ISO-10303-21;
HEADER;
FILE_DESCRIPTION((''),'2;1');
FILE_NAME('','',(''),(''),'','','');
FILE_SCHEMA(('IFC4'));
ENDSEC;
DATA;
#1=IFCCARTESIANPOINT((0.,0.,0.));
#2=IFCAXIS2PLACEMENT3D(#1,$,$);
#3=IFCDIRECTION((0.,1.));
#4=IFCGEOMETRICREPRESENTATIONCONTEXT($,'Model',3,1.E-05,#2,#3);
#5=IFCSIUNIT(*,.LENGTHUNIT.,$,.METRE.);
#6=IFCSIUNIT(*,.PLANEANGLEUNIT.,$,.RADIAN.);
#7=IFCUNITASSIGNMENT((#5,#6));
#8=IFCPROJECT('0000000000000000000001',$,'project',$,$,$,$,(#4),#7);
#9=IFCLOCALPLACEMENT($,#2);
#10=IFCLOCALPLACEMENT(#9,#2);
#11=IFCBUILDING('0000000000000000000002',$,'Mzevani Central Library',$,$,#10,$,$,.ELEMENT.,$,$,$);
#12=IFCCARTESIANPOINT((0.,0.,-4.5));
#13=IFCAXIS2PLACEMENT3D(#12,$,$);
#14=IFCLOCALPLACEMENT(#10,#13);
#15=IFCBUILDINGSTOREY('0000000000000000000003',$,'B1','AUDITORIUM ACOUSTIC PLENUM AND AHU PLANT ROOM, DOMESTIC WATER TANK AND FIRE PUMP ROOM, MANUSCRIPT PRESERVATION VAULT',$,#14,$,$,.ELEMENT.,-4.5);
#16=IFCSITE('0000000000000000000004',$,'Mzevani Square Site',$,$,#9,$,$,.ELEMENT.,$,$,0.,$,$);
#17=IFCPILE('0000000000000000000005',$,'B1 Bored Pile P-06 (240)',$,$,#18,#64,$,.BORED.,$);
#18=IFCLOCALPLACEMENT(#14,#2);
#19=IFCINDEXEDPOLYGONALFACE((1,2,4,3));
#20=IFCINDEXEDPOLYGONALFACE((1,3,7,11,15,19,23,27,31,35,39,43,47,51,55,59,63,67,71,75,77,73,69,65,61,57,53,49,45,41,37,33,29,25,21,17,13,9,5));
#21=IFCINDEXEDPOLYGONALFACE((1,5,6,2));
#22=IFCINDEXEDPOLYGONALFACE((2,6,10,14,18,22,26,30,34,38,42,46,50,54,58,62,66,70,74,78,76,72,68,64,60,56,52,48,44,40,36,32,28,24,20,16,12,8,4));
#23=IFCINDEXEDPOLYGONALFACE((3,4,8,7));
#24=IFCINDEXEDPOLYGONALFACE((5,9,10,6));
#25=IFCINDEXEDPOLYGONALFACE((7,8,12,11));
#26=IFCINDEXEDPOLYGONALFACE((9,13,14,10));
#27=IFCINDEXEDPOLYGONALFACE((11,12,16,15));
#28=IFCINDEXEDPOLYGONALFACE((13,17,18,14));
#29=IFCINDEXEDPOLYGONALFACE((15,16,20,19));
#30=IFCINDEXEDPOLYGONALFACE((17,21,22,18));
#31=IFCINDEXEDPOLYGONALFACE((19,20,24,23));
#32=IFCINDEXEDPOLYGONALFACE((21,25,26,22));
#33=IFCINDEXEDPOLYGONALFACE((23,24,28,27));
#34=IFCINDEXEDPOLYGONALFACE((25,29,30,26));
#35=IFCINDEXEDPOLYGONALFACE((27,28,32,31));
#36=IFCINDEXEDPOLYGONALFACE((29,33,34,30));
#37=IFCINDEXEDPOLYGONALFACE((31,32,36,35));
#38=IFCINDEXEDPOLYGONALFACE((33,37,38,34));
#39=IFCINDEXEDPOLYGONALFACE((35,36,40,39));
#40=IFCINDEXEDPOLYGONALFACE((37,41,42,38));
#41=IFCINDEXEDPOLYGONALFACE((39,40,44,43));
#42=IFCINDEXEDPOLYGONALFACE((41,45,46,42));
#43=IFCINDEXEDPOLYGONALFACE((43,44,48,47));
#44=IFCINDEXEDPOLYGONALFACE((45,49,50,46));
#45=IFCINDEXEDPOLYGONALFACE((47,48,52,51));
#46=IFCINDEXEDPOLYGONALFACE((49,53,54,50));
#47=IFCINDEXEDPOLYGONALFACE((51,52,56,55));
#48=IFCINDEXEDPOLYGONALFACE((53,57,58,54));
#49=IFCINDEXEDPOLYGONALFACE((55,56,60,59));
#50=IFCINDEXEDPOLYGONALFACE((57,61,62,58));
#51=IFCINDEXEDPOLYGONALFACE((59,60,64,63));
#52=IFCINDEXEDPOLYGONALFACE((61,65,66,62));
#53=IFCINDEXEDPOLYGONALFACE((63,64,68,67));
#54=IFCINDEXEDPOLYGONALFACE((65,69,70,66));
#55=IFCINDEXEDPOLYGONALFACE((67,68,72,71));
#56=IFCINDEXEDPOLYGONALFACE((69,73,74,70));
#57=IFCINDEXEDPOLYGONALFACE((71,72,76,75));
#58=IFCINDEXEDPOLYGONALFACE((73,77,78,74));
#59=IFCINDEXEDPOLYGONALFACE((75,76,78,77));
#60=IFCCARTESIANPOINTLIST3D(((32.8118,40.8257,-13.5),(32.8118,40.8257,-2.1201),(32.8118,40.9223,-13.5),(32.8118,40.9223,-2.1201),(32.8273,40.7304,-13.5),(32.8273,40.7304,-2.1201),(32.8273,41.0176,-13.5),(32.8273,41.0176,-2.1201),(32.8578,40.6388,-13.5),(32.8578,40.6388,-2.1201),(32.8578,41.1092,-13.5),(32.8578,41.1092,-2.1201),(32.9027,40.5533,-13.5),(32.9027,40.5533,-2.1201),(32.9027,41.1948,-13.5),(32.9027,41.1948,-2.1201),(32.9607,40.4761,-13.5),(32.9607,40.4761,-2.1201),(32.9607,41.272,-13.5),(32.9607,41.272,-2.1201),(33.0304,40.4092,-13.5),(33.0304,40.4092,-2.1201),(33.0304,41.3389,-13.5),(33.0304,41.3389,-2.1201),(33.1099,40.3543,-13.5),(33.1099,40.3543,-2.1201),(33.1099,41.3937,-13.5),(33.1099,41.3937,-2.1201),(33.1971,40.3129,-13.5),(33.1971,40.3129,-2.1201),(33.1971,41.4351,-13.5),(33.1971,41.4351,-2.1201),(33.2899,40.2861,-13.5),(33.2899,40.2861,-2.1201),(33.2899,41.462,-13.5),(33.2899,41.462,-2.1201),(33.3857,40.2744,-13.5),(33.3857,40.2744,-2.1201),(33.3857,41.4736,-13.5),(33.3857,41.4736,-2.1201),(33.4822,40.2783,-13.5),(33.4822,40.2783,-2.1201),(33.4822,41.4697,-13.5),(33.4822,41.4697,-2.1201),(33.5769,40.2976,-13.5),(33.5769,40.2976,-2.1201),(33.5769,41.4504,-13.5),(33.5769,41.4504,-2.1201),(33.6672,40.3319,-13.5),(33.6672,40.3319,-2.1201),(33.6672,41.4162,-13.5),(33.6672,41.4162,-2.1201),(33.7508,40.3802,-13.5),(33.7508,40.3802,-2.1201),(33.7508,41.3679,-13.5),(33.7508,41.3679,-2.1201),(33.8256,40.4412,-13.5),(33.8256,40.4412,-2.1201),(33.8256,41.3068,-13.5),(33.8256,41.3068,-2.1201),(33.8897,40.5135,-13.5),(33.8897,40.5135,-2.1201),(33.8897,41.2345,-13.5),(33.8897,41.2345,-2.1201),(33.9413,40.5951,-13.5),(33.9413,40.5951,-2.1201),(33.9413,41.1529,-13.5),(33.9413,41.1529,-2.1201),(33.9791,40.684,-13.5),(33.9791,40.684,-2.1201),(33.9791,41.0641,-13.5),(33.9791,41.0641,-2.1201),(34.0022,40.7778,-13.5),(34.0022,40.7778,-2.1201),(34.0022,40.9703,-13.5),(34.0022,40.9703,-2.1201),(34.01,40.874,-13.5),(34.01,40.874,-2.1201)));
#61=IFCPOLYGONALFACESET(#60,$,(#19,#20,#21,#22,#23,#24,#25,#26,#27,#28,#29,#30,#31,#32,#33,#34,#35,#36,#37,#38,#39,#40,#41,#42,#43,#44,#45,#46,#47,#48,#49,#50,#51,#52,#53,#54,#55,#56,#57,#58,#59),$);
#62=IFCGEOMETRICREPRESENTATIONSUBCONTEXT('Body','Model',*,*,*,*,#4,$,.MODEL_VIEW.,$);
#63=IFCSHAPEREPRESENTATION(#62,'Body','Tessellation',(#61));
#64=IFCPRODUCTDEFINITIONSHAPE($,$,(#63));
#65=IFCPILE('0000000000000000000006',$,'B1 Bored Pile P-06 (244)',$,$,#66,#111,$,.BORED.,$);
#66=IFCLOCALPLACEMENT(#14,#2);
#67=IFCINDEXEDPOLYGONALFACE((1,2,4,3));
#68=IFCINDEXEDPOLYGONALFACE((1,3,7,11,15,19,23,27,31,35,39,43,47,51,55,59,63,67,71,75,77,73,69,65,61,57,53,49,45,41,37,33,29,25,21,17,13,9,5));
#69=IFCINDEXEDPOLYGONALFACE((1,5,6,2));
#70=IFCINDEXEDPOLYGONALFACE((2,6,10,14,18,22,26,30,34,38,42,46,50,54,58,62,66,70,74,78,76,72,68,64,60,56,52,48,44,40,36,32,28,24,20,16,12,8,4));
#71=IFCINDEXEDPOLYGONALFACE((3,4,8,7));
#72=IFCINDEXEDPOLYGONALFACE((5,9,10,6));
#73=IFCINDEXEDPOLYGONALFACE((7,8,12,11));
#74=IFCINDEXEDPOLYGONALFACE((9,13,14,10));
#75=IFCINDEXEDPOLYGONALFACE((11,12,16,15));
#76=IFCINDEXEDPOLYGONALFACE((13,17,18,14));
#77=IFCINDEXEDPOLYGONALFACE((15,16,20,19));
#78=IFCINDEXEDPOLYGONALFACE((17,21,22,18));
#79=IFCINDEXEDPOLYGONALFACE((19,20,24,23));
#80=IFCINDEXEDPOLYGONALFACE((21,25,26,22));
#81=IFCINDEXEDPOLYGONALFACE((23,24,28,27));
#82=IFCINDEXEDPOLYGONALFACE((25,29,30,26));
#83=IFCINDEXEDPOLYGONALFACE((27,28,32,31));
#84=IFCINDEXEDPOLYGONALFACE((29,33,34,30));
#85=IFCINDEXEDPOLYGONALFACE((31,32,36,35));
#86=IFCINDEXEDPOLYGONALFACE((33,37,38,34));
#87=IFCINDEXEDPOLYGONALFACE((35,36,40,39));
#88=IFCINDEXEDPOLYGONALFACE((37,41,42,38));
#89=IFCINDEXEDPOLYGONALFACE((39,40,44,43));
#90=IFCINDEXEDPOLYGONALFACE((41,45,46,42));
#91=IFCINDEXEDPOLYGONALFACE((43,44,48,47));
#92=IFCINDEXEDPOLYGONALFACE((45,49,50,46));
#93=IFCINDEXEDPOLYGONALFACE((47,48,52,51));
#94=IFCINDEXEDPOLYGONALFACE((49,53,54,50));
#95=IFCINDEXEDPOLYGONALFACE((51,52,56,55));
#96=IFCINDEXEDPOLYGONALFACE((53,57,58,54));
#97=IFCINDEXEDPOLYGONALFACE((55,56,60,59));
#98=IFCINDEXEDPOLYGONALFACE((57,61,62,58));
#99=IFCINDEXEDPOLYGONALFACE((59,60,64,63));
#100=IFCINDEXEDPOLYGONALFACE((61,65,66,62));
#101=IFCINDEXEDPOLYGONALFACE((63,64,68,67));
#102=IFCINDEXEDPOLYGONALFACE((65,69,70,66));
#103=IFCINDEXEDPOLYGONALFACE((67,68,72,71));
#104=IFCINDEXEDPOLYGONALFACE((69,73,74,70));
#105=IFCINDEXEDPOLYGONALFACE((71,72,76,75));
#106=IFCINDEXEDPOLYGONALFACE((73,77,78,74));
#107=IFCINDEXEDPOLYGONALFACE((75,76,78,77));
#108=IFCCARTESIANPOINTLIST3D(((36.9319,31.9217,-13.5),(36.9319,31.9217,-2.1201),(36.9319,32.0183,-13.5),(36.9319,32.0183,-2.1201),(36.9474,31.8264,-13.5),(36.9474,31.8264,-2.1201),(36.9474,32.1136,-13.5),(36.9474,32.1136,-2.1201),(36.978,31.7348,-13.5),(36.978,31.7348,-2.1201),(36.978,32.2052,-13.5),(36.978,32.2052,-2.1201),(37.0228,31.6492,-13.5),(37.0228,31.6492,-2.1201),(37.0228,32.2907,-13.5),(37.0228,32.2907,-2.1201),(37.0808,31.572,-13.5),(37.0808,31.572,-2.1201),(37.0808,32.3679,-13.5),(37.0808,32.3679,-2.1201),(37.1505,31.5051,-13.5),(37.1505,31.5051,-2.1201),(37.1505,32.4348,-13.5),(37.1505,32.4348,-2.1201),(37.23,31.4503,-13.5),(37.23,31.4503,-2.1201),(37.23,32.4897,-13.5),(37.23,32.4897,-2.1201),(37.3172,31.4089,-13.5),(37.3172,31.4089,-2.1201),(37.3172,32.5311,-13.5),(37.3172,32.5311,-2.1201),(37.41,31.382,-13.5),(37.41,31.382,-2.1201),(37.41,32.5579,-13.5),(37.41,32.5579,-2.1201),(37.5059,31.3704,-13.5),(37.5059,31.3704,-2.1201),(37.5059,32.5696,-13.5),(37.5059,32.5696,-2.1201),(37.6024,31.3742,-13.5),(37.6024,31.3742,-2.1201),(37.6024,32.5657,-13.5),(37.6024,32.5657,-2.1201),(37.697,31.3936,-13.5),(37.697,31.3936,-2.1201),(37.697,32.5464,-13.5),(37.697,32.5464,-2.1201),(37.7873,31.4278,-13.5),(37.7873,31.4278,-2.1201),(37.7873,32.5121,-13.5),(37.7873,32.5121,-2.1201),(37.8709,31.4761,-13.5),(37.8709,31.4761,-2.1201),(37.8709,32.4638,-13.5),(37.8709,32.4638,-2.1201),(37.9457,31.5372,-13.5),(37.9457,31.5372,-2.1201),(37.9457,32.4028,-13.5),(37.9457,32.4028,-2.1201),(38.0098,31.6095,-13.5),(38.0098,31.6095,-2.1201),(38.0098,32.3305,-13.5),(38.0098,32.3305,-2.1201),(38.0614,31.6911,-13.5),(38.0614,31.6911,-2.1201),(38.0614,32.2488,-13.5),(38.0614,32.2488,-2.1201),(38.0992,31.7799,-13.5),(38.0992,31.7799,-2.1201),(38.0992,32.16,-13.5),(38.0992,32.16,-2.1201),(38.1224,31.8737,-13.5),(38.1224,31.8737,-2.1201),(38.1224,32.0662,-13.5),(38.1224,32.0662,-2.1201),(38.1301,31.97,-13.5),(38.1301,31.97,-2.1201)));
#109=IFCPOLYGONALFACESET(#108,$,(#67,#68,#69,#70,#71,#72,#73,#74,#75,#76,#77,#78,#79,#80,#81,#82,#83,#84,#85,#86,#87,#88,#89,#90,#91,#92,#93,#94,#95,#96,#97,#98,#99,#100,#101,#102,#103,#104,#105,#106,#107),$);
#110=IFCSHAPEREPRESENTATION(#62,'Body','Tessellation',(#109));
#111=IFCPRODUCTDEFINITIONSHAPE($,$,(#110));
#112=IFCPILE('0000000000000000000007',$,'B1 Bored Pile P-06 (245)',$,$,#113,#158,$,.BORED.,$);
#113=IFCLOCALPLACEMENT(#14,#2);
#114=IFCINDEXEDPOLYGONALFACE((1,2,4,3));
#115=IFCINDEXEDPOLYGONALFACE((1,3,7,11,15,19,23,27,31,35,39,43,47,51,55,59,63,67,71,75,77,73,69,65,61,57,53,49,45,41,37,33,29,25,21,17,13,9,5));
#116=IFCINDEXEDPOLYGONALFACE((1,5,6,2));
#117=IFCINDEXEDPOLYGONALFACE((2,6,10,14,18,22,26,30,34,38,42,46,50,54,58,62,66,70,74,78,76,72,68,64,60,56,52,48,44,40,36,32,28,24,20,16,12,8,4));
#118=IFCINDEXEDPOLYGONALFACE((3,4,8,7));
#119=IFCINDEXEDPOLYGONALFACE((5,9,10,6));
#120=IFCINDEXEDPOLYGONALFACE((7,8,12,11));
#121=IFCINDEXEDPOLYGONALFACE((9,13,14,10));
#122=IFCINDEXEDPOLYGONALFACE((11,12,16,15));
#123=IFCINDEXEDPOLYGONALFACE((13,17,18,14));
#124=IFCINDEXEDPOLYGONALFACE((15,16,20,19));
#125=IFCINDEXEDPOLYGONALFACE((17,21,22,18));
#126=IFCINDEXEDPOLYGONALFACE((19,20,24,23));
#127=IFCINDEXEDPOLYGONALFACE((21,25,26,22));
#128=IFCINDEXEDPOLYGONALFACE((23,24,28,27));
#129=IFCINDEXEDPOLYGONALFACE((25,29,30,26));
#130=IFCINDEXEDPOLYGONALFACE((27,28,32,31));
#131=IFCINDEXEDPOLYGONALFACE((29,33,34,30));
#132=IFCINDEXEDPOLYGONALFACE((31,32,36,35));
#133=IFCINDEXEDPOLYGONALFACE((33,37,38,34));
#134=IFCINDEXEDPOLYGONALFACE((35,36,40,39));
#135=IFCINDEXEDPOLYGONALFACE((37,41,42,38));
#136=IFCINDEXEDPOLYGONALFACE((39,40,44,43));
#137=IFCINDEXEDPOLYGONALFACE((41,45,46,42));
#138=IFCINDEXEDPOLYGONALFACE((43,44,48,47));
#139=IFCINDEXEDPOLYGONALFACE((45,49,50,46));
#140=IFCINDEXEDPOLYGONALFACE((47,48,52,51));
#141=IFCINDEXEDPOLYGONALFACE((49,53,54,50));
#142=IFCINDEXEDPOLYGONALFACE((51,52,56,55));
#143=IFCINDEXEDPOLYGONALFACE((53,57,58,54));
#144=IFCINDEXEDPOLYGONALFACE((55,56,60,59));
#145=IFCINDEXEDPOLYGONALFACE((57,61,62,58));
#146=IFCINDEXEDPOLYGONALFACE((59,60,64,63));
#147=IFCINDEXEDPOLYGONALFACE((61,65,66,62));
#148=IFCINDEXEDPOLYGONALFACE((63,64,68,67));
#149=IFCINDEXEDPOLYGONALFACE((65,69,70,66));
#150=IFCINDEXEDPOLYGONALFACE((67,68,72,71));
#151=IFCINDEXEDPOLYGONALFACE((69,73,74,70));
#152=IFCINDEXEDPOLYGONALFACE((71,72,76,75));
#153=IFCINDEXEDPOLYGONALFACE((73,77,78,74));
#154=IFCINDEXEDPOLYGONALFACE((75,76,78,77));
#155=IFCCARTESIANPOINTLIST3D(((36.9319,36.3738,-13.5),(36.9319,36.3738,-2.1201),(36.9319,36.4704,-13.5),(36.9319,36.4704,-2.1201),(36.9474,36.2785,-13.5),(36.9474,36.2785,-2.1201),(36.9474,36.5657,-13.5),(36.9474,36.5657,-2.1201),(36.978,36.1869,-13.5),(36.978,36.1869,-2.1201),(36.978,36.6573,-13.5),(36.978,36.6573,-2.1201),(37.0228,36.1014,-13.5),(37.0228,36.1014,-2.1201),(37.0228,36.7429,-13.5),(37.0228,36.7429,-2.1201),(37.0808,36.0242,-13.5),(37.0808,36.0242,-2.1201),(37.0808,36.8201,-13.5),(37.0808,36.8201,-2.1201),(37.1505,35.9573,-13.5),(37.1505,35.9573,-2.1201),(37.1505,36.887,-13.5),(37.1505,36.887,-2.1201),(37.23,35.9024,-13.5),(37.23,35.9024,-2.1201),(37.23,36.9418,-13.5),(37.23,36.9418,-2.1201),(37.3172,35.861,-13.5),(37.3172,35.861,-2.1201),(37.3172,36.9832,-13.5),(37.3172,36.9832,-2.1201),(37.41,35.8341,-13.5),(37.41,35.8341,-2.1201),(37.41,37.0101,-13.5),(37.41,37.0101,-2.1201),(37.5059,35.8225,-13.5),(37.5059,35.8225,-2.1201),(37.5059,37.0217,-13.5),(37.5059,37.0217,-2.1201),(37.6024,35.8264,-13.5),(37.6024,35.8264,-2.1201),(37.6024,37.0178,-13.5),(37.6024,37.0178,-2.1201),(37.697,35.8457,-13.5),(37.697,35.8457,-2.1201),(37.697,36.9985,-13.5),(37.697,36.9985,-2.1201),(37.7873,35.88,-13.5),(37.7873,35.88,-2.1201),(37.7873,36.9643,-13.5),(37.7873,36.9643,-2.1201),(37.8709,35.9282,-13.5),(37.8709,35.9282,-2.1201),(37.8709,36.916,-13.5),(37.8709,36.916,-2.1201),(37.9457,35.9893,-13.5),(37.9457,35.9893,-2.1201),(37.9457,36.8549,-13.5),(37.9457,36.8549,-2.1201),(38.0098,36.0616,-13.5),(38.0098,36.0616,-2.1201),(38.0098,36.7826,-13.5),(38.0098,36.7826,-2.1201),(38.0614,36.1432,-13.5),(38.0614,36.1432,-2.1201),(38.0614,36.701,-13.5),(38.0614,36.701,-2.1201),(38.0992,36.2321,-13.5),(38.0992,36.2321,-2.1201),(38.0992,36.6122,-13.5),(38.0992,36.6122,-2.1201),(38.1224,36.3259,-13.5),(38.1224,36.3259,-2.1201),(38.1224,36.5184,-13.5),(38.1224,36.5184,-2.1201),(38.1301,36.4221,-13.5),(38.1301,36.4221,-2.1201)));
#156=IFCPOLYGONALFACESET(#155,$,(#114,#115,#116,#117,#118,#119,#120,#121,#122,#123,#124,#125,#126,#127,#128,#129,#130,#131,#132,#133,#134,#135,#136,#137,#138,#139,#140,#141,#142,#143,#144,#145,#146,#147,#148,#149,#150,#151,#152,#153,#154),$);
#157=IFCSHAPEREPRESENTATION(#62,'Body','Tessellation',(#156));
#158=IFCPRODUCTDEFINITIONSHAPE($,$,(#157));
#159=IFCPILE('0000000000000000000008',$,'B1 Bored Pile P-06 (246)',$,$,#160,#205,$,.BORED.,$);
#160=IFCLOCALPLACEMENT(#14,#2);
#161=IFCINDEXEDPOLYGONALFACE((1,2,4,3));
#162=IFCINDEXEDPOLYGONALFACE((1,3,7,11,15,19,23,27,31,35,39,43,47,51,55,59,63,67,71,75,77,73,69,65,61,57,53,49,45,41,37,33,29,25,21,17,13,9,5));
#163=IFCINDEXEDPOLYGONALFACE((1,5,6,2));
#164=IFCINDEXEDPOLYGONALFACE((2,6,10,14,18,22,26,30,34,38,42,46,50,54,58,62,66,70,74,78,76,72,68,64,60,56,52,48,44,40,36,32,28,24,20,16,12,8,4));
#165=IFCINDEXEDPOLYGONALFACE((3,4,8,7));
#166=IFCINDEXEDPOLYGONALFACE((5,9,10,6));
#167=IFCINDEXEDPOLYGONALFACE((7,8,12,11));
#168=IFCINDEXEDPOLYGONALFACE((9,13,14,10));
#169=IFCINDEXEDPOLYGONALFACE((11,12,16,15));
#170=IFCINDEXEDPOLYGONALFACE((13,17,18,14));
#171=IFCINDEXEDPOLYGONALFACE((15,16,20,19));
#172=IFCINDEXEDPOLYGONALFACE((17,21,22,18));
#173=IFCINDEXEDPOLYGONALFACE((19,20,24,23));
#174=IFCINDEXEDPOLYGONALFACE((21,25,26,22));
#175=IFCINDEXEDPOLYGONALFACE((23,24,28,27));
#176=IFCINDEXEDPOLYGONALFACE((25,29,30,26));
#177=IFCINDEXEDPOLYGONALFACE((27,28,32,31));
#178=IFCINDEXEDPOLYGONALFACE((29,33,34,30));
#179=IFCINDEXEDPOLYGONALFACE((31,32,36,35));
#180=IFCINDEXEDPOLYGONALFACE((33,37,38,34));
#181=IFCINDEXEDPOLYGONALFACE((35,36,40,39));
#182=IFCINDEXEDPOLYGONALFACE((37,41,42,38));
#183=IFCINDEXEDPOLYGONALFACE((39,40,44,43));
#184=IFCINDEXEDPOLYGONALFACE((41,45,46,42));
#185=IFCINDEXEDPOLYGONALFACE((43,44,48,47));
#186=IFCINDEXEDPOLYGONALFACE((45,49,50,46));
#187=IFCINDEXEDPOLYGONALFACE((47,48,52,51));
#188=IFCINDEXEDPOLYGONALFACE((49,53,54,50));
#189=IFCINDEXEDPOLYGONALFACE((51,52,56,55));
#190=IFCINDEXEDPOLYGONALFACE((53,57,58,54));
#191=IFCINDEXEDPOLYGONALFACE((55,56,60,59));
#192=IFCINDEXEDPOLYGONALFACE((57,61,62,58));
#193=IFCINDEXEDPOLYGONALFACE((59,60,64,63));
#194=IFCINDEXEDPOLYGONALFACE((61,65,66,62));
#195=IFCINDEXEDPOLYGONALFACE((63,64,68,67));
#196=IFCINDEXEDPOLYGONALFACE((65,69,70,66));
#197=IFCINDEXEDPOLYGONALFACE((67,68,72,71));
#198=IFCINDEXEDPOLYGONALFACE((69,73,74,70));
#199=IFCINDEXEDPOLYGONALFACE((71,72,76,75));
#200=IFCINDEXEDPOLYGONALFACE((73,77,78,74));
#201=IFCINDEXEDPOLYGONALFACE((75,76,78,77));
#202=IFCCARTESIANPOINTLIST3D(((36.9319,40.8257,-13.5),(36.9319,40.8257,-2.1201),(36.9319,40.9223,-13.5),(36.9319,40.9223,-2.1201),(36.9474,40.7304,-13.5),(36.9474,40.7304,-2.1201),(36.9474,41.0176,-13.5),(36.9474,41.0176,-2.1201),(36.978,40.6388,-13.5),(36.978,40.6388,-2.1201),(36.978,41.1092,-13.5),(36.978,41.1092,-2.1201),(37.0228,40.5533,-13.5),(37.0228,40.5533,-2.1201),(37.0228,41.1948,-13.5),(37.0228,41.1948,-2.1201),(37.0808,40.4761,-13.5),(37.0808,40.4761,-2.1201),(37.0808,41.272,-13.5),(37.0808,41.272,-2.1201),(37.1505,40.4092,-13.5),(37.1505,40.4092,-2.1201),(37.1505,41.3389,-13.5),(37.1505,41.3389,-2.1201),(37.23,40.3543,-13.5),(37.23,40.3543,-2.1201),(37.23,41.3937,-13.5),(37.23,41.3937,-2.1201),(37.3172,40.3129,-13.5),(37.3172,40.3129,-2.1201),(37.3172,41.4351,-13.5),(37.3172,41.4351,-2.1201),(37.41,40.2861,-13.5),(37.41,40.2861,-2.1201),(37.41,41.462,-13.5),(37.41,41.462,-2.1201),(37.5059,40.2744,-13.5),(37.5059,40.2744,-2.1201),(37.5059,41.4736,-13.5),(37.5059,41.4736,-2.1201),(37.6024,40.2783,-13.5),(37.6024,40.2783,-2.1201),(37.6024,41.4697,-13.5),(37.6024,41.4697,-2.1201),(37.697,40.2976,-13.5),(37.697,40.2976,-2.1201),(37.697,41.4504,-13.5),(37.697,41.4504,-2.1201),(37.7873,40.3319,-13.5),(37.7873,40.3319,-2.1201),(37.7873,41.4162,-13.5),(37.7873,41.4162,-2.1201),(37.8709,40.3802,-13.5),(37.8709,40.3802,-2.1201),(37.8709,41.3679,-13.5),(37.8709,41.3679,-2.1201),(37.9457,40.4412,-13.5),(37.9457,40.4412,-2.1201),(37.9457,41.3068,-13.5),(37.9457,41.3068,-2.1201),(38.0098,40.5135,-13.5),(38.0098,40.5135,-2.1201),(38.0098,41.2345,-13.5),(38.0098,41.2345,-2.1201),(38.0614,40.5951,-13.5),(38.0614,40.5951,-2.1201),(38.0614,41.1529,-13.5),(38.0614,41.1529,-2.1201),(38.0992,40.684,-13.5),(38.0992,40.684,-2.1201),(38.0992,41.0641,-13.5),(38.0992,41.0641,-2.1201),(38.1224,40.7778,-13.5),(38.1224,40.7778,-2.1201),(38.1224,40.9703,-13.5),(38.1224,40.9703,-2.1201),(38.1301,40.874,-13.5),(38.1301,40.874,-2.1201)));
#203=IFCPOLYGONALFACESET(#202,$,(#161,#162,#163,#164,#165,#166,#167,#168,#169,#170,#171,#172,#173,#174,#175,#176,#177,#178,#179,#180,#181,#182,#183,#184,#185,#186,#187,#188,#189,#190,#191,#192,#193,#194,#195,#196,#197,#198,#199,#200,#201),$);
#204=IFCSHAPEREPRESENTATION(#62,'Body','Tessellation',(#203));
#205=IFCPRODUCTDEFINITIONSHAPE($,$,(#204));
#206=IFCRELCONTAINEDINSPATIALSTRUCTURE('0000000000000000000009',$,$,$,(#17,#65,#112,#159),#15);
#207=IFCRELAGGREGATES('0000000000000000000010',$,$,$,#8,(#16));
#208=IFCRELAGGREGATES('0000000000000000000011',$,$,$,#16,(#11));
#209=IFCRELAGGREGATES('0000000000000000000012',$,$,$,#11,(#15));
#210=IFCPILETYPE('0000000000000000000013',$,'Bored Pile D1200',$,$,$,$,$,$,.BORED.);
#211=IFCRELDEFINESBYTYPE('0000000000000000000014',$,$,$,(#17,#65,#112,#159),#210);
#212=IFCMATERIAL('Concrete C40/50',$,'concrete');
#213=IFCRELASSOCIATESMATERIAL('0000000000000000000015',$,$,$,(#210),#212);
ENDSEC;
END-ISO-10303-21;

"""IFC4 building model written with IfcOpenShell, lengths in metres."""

from ifc_helpers import new_model, si_unit, direction, frame, origin, origin_2d, place, context, subcontext, project, spatial, circle, extrude, material, material_profile, profile_set, type_object, element, save


model = new_model("IFC4")

# Units and contexts
model_context = context("Model", 3, precision=1e-05, world=origin(), true_north=direction((0.0, 1.0)))
body_context = subcontext(model_context, "Body", "Model", "MODEL_VIEW")
ifc_project = project(units=[si_unit("LENGTHUNIT", "METRE"), si_unit("PLANEANGLEUNIT", "RADIAN")], contexts=[model_context])

# Site, building, storey
site_placement = place(None, origin())
site = spatial("IfcSite", under=ifc_project, at=site_placement, Name="Mzevani Square Site", CompositionType="ELEMENT", RefElevation=0.0)
building_placement = place(site_placement, origin())
building = spatial("IfcBuilding", under=site, at=building_placement, Name="Mzevani Central Library", CompositionType="ELEMENT")
storey_placement = place(building_placement, frame((0.0, 0.0, -4.5)))
storey = spatial("IfcBuildingStorey", under=building, at=storey_placement, Name="B1", Description="AUDITORIUM ACOUSTIC PLENUM AND AHU PLANT ROOM, DOMESTIC WATER TANK AND FIRE PUMP ROOM, MANUSCRIPT PRESERVATION VAULT", CompositionType="ELEMENT", Elevation=-4.5)

# Piles
ifc_material_1 = material(Name="Concrete C40/50", Category="concrete")
ifc_material_profile_1 = material_profile(ifc_material_1, circle(Radius=0.6001, at=origin_2d()), Name="PILE D1200")
ifc_profile_set_1 = profile_set([ifc_material_profile_1], Name="Concrete C40/50")
pile_type = type_object("IfcPileType", Name="Bored Pile D1200", PredefinedType="BORED", material=ifc_profile_set_1)
for number, where, z_axis, x_axis, name in (
    (1, (33.4099, 40.874, -2.1201), (0.0, 0.0, -1.0), (1.0, 0.0, 0.0), "B1 Bored Pile P-06 (240)"),
    (2, (37.53, 31.97, -2.1201), (0.0, 0.0, -1.0), (1.0, 0.0, 0.0), "B1 Bored Pile P-06 (244)"),
    (3, (37.53, 36.4221, -2.1201), (0.0, 0.0, -1.0), (1.0, 0.0, 0.0), "B1 Bored Pile P-06 (245)"),
    (4, (37.53, 40.874, -2.1201), (0.0, 0.0, -1.0), (1.0, 0.0, 0.0), "B1 Bored Pile P-06 (246)"),
):
    element("IfcPile", number, at=place(storey_placement, frame(where, z_axis=z_axis, x_axis=x_axis)), inside=storey, type_object=pile_type, Name=name, PredefinedType="BORED", context=body_context, shape_type="SweptSolid", body=[
        extrude(circle(Radius=0.6001, at=origin_2d()), origin(), (0.0, 0.0, 1.0), 11.3799),
    ])

save(model, "model.ifc")
